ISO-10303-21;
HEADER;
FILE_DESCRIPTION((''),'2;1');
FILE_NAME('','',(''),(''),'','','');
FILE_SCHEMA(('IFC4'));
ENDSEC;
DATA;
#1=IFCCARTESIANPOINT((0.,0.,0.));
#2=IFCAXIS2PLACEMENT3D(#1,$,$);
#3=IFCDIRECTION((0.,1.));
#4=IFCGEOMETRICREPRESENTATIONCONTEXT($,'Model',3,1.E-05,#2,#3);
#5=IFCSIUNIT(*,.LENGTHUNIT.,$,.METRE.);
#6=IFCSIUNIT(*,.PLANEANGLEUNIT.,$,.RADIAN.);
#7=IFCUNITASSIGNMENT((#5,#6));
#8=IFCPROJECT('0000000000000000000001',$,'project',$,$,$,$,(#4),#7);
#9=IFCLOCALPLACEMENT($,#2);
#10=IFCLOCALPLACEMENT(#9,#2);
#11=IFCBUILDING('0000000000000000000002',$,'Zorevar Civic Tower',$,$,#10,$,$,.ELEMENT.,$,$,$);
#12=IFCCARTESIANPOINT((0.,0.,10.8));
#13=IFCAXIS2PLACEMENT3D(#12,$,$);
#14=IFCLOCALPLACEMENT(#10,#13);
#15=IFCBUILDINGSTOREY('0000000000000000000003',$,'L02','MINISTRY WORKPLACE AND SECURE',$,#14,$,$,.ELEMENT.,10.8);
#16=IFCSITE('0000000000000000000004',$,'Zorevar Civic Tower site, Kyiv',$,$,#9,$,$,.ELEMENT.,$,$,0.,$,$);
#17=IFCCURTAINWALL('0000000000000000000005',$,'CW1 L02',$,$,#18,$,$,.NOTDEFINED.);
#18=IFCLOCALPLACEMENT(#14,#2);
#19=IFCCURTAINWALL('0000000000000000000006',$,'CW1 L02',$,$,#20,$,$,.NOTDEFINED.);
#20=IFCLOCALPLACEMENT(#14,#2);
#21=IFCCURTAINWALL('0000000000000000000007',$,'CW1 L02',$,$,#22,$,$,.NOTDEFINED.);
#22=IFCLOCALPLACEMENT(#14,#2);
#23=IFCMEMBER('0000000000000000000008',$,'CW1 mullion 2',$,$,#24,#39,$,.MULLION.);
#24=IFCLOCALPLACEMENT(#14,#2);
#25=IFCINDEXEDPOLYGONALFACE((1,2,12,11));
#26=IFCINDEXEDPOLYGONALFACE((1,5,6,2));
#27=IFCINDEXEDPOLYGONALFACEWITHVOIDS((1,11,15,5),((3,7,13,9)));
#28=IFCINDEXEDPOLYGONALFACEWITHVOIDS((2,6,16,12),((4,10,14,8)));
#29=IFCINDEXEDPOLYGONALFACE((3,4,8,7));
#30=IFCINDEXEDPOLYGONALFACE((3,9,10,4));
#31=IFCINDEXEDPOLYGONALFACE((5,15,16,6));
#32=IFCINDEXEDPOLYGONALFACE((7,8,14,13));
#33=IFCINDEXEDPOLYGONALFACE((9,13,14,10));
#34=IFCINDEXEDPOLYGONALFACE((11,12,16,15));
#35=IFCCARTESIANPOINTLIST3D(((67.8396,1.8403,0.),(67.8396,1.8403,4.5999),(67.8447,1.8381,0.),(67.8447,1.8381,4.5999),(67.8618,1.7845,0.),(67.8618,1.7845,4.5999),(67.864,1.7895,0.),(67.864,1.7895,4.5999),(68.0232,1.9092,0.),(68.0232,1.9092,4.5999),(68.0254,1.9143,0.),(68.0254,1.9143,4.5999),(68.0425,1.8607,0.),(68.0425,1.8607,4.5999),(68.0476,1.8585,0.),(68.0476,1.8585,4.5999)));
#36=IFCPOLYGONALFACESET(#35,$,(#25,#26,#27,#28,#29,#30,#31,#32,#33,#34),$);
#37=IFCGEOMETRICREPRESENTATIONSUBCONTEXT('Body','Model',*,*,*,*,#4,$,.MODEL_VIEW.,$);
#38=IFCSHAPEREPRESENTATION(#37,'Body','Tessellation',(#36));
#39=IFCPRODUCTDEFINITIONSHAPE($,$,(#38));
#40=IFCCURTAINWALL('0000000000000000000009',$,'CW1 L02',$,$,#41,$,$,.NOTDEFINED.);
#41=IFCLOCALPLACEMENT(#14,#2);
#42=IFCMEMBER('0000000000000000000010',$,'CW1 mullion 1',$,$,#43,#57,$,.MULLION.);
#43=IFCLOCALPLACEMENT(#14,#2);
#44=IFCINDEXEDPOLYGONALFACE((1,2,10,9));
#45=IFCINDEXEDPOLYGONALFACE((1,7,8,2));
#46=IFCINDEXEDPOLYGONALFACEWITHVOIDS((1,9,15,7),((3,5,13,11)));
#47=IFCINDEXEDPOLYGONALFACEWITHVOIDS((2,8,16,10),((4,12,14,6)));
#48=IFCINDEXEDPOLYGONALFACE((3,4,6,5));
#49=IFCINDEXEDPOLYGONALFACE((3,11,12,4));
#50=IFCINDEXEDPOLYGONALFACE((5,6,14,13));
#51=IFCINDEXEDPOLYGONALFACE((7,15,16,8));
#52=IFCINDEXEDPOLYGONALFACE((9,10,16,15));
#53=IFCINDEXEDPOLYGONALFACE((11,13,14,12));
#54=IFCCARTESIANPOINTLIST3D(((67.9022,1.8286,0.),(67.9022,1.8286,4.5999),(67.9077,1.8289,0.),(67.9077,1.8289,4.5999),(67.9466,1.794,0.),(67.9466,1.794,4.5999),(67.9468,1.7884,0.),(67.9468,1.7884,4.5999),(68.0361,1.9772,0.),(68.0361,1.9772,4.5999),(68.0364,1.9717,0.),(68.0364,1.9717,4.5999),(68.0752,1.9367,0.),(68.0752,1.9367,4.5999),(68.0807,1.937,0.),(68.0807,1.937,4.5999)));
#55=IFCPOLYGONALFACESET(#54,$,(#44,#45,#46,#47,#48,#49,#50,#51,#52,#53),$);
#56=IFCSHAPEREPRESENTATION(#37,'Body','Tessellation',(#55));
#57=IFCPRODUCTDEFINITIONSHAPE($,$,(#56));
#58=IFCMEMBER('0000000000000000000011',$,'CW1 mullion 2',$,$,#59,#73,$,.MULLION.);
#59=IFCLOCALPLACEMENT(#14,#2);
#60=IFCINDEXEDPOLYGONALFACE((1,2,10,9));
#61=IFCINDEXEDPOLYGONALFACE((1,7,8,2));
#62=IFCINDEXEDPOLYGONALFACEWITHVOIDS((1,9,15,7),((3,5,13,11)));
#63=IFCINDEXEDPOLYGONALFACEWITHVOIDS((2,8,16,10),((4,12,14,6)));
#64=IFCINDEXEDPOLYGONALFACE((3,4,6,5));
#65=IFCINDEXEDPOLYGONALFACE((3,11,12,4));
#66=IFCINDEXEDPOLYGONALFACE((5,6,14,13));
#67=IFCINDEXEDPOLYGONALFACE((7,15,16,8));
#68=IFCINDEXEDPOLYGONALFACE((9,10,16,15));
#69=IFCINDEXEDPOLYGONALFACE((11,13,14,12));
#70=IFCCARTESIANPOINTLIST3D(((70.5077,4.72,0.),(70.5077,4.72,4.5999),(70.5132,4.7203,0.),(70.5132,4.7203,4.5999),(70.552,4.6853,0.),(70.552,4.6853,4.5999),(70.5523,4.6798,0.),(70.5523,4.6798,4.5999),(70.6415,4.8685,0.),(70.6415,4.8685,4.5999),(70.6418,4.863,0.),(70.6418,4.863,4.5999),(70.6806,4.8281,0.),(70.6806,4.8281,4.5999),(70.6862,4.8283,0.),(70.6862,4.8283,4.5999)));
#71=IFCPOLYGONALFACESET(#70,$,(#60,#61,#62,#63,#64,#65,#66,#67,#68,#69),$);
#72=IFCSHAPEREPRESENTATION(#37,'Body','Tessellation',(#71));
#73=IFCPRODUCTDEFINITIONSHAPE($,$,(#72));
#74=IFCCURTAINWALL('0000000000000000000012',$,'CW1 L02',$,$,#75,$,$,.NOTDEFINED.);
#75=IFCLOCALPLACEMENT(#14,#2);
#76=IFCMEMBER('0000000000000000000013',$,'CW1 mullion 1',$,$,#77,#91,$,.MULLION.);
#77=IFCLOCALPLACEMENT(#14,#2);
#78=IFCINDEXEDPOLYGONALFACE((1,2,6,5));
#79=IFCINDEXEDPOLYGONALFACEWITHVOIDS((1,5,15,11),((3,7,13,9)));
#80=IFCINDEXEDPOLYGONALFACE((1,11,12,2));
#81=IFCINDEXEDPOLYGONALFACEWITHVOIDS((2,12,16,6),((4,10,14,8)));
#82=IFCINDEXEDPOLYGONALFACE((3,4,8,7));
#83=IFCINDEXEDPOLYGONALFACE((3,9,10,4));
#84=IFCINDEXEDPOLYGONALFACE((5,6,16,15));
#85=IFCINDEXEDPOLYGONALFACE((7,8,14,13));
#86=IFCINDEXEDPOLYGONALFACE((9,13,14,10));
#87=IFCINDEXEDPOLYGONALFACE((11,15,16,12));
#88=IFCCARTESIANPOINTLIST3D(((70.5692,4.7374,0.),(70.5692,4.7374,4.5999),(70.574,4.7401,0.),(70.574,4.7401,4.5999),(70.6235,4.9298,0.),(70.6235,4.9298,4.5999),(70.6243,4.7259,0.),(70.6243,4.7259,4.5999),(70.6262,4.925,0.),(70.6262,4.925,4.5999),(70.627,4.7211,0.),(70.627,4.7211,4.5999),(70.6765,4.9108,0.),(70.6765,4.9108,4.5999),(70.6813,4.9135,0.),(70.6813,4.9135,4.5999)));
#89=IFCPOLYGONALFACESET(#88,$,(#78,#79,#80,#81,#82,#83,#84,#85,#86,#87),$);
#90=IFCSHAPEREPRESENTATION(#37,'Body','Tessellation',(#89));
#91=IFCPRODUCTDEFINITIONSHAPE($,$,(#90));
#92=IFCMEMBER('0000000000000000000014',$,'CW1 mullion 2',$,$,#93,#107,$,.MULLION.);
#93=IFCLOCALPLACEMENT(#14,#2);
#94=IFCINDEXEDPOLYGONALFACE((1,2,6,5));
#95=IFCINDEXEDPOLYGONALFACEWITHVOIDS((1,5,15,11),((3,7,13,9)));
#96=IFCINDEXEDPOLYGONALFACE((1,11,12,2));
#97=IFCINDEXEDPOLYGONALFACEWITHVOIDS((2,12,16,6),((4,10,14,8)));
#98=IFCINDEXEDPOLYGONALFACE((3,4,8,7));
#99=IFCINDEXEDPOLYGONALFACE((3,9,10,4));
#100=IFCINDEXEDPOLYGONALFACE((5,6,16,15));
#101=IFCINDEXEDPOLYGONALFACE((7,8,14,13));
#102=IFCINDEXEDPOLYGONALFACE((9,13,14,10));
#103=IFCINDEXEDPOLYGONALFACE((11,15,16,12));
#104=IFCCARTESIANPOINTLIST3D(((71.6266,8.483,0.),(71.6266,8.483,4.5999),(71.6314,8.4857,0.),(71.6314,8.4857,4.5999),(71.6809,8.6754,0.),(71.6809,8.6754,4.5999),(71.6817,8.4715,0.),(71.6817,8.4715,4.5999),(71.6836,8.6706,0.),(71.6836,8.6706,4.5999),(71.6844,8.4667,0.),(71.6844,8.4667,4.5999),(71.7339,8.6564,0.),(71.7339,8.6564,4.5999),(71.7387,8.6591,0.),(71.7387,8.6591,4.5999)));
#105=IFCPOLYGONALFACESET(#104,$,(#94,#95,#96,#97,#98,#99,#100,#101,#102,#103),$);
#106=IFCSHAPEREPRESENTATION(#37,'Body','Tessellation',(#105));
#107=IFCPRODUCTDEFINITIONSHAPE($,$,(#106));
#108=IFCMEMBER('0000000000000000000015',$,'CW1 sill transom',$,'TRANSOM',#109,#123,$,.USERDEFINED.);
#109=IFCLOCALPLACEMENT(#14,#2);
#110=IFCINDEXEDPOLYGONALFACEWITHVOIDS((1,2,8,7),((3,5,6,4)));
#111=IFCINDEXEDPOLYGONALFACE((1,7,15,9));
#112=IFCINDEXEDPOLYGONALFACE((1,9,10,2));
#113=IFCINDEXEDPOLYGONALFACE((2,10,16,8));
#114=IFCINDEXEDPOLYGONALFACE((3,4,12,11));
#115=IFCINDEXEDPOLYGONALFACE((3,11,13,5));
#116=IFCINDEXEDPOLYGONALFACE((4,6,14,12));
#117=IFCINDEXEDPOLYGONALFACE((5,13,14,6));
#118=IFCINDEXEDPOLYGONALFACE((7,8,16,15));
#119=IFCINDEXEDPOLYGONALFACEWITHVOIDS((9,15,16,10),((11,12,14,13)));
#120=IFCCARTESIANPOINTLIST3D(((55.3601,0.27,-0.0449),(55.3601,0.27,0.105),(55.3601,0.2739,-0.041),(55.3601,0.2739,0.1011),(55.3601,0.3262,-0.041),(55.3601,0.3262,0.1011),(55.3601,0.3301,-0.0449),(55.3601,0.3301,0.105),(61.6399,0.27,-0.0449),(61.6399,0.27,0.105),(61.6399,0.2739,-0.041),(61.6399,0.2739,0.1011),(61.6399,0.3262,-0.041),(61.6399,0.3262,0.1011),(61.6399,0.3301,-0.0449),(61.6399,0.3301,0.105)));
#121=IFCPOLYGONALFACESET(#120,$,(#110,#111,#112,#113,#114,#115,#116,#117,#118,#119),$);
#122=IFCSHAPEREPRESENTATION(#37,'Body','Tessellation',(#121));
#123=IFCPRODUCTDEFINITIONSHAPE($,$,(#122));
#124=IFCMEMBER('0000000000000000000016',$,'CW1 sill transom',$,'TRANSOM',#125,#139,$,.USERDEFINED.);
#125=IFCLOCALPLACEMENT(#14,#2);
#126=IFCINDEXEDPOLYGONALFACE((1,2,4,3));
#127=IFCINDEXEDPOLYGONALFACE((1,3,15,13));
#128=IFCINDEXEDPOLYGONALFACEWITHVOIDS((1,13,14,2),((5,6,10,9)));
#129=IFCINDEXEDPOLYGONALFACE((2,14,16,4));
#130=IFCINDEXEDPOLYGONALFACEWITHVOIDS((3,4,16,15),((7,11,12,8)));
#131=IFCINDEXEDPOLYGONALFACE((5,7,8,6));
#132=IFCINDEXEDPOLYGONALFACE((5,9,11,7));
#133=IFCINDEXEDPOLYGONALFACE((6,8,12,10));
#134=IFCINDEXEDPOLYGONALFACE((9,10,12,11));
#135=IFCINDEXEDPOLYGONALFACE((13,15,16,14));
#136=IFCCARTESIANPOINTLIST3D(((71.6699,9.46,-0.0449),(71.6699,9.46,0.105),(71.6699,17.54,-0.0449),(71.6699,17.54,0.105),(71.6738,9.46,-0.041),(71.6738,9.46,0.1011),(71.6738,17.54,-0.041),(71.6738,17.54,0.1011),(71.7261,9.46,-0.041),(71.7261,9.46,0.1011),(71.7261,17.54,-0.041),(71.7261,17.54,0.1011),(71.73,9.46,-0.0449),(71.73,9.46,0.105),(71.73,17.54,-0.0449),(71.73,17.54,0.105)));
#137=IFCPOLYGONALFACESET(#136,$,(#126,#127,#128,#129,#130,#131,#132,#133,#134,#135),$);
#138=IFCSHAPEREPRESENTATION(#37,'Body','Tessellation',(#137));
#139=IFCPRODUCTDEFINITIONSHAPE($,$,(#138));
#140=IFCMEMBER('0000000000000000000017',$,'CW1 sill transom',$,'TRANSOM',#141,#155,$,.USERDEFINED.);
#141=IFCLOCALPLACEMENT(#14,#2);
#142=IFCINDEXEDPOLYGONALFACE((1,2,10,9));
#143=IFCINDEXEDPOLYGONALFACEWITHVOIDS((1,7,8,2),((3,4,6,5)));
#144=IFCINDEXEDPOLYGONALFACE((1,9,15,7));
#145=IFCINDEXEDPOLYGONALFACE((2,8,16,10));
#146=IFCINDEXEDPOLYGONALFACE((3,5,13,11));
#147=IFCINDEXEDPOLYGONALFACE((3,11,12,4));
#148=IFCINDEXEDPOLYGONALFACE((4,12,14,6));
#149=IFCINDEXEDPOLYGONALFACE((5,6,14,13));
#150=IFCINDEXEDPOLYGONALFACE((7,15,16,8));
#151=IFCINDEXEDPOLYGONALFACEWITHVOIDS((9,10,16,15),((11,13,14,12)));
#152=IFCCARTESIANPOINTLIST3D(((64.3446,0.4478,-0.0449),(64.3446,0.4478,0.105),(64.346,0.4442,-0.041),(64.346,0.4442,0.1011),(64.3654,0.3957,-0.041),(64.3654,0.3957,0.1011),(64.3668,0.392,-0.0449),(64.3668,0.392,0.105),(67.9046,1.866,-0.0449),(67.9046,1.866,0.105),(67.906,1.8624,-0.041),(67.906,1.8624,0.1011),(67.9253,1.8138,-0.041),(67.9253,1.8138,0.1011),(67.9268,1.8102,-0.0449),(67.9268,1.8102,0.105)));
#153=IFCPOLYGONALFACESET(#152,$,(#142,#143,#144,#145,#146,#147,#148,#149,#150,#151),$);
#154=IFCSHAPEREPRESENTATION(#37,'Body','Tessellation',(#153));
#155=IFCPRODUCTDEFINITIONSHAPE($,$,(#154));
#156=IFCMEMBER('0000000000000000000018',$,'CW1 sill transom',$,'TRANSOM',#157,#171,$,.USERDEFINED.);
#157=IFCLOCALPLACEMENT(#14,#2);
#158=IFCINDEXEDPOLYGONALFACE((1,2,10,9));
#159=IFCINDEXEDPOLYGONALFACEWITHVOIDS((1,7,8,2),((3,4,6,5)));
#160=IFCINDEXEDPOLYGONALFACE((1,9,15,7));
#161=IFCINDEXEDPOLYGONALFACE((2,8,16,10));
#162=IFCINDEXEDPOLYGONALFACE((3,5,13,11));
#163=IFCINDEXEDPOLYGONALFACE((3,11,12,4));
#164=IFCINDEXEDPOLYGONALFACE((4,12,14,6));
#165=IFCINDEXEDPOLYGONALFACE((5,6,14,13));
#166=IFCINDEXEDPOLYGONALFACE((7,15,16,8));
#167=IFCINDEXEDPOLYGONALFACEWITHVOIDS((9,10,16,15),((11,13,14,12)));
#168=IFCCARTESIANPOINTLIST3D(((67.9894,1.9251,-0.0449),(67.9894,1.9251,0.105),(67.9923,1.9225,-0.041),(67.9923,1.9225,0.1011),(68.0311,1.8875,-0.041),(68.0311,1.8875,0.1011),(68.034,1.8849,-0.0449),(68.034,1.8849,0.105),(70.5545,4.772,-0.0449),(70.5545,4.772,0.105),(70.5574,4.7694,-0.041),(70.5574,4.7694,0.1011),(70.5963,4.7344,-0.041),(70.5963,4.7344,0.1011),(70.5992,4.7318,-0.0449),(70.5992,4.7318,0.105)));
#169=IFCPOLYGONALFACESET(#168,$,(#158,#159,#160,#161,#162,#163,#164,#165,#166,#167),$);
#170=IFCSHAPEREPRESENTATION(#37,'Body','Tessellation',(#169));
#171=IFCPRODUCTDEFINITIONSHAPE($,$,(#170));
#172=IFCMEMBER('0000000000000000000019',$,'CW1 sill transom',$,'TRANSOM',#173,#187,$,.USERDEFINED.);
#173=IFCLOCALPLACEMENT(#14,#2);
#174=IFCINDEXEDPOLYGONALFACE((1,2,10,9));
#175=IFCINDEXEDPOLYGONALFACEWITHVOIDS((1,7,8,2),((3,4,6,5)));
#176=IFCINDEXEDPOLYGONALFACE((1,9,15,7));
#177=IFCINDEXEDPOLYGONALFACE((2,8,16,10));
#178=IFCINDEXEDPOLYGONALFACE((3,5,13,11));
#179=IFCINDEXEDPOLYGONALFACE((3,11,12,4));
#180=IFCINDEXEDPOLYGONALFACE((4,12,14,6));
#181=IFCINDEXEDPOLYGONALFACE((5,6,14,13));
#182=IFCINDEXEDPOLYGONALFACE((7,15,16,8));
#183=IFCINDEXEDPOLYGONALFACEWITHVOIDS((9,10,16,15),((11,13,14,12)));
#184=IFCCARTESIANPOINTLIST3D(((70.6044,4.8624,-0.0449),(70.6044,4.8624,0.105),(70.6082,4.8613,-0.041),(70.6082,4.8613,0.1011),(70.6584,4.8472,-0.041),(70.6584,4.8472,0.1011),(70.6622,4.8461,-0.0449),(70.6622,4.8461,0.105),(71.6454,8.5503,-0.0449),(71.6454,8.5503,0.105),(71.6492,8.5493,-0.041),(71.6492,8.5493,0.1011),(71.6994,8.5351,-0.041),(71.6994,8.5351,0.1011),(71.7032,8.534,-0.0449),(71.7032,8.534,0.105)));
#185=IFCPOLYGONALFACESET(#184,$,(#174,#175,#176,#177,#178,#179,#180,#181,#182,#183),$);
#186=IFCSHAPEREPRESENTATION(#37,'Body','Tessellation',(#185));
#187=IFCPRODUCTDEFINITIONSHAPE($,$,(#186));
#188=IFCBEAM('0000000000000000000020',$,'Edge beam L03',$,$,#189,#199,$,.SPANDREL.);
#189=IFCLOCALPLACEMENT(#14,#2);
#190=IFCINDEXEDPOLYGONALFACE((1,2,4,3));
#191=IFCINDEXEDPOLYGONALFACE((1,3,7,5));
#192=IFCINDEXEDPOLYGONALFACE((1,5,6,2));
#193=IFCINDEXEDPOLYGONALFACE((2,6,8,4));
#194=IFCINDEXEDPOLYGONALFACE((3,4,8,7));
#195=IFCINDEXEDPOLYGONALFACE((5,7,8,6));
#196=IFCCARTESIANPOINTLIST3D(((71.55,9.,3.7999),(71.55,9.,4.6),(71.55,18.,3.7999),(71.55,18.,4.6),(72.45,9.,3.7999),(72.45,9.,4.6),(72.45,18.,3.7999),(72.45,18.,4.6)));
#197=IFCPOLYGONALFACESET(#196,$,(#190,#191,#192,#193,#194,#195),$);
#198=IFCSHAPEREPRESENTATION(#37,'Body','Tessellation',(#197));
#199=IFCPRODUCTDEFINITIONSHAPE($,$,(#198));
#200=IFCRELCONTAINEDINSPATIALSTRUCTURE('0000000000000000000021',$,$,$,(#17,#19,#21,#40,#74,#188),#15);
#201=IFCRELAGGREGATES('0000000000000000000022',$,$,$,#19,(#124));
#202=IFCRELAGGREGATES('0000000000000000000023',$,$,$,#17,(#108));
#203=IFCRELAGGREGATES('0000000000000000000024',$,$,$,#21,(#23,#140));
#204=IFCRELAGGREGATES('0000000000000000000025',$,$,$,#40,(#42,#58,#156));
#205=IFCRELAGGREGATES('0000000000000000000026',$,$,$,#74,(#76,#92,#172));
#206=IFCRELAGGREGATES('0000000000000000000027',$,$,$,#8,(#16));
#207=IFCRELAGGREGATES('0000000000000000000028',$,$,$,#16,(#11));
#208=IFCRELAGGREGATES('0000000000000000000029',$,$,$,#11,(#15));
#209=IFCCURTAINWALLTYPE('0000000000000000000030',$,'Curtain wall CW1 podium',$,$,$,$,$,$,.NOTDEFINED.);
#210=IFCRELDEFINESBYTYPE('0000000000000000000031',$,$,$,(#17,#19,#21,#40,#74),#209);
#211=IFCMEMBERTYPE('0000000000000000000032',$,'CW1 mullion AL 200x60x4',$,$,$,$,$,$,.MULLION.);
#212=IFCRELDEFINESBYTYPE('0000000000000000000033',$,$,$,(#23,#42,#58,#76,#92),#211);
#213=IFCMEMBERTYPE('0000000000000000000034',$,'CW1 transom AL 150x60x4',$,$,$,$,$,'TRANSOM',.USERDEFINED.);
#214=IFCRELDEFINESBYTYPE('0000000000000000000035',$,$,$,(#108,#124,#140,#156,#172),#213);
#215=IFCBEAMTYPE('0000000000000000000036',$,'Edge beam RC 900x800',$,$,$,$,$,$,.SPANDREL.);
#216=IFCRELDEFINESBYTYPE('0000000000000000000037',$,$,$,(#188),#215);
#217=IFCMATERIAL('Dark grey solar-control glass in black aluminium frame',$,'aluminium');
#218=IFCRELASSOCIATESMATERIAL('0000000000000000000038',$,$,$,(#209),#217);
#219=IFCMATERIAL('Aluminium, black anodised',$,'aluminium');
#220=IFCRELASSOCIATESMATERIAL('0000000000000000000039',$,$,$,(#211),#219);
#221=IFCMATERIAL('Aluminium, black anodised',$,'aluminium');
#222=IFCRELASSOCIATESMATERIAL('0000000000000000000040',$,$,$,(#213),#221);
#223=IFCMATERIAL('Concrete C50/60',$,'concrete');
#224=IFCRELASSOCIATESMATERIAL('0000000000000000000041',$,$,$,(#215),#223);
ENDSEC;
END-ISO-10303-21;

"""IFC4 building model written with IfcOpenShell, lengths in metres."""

from ifc_helpers import new_model, si_unit, direction, frame, origin, origin_2d, place, context, subcontext, project, spatial, rectangle, hollow_rectangle, extrude, material, material_profile, profile_set, type_object, element, aggregate, save


model = new_model("IFC4")

# Units and contexts
model_context = context("Model", 3, precision=1e-05, world=origin(), true_north=direction((0.0, 1.0)))
body_context = subcontext(model_context, "Body", "Model", "MODEL_VIEW")
ifc_project = project(units=[si_unit("LENGTHUNIT", "METRE"), si_unit("PLANEANGLEUNIT", "RADIAN")], contexts=[model_context])

# Site, building, storey
site_placement = place(None, origin())
site = spatial("IfcSite", under=ifc_project, at=site_placement, Name="Zorevar Civic Tower site, Kyiv", CompositionType="ELEMENT", RefElevation=0.0)
building_placement = place(site_placement, origin())
building = spatial("IfcBuilding", under=site, at=building_placement, Name="Zorevar Civic Tower", CompositionType="ELEMENT")
storey_placement = place(building_placement, frame((0.0, 0.0, 10.8)))
storey = spatial("IfcBuildingStorey", under=building, at=storey_placement, Name="L02", Description="MINISTRY WORKPLACE AND SECURE", CompositionType="ELEMENT", Elevation=10.8)

# Curtain wall
ifc_material_1 = material(Name="Dark grey solar-control glass in black aluminium frame", Category="aluminium")
curtain_wall_type = type_object("IfcCurtainWallType", Name="Curtain wall CW1 podium", PredefinedType="NOTDEFINED", material=ifc_material_1)
curtain_wall_1_placement = place(storey_placement, origin())
curtain_wall_1 = element("IfcCurtainWall", 1, at=curtain_wall_1_placement, inside=storey, type_object=curtain_wall_type, Name="CW1 L02", PredefinedType="NOTDEFINED")
ifc_material_2 = material(Name="Aluminium, black anodised", Category="aluminium")
ifc_material_profile_1 = material_profile(ifc_material_2, hollow_rectangle(XDim=0.0601, YDim=0.2, WallThickness=0.0039, at=origin_2d()), Name="AL 200x60x4")
ifc_profile_set_1 = profile_set([ifc_material_profile_1], Name="Aluminium, black anodised")
member_type_1 = type_object("IfcMemberType", Name="CW1 mullion AL 200x60x4", PredefinedType="MULLION", material=ifc_profile_set_1)

# Curtain wall
curtain_wall_2_placement = place(storey_placement, origin())
curtain_wall_2 = element("IfcCurtainWall", 2, at=curtain_wall_2_placement, inside=storey, type_object=curtain_wall_type, Name="CW1 L02", PredefinedType="NOTDEFINED")

# Curtain walls, members
curtain_wall_3_placement = place(storey_placement, origin())
curtain_wall_3 = element("IfcCurtainWall", 3, at=curtain_wall_3_placement, inside=storey, type_object=curtain_wall_type, Name="CW1 L02", PredefinedType="NOTDEFINED")
member_1_placement = place(storey_placement, frame((67.9436, 1.8494, 0.0), z_axis=(0.0, 0.0, 1.0), x_axis=(-0.370111, 0.928988, 0.0)))
member_1 = element("IfcMember", 4, at=member_1_placement, type_object=member_type_1, Name="CW1 mullion 2", PredefinedType="MULLION", context=body_context, shape_type="SweptSolid", body=[
    extrude(hollow_rectangle(XDim=0.0601, YDim=0.2, WallThickness=0.0039, at=origin_2d()), origin(), (0.0, 0.0, 1.0), 4.5999),
])
curtain_wall_4_placement = place(storey_placement, origin())
curtain_wall_4 = element("IfcCurtainWall", 5, at=curtain_wall_4_placement, inside=storey, type_object=curtain_wall_type, Name="CW1 L02", PredefinedType="NOTDEFINED")
member_2_placement = place(storey_placement, frame((67.9915, 1.8828, 0.0), z_axis=(0.0, 0.0, 1.0), x_axis=(-0.7429, 0.669403, 0.0)))
member_2 = element("IfcMember", 6, at=member_2_placement, type_object=member_type_1, Name="CW1 mullion 1", PredefinedType="MULLION", context=body_context, shape_type="SweptSolid", body=[
    extrude(hollow_rectangle(XDim=0.0601, YDim=0.2, WallThickness=0.0039, at=origin_2d()), origin(), (0.0, 0.0, 1.0), 4.5999),
])
member_3_placement = place(storey_placement, frame((70.5969, 4.7742, 0.0), z_axis=(0.0, 0.0, 1.0), x_axis=(-0.7429, 0.669403, 0.0)))
member_3 = element("IfcMember", 7, at=member_3_placement, type_object=member_type_1, Name="CW1 mullion 2", PredefinedType="MULLION", context=body_context, shape_type="SweptSolid", body=[
    extrude(hollow_rectangle(XDim=0.0601, YDim=0.2, WallThickness=0.0039, at=origin_2d()), origin(), (0.0, 0.0, 1.0), 4.5999),
])
curtain_wall_5_placement = place(storey_placement, origin())
curtain_wall_5 = element("IfcCurtainWall", 8, at=curtain_wall_5_placement, inside=storey, type_object=curtain_wall_type, Name="CW1 L02", PredefinedType="NOTDEFINED")
member_4_placement = place(storey_placement, frame((70.6252, 4.8254, 0.0), z_axis=(0.0, 0.0, 1.0), x_axis=(-0.962391, 0.271669, 0.0)))
member_4 = element("IfcMember", 9, at=member_4_placement, type_object=member_type_1, Name="CW1 mullion 1", PredefinedType="MULLION", context=body_context, shape_type="SweptSolid", body=[
    extrude(hollow_rectangle(XDim=0.0601, YDim=0.2, WallThickness=0.0039, at=origin_2d()), origin(), (0.0, 0.0, 1.0), 4.5999),
])
member_5_placement = place(storey_placement, frame((71.6826, 8.571, 0.0), z_axis=(0.0, 0.0, 1.0), x_axis=(-0.962391, 0.271669, 0.0)))
member_5 = element("IfcMember", 10, at=member_5_placement, type_object=member_type_1, Name="CW1 mullion 2", PredefinedType="MULLION", context=body_context, shape_type="SweptSolid", body=[
    extrude(hollow_rectangle(XDim=0.0601, YDim=0.2, WallThickness=0.0039, at=origin_2d()), origin(), (0.0, 0.0, 1.0), 4.5999),
])

# Members
ifc_material_3 = material(Name="Aluminium, black anodised", Category="aluminium")
ifc_material_profile_2 = material_profile(ifc_material_3, hollow_rectangle(XDim=0.0601, YDim=0.1499, WallThickness=0.0039, at=origin_2d()), Name="AL 150x60x4")
ifc_profile_set_2 = profile_set([ifc_material_profile_2], Name="Aluminium, black anodised")
member_type_2 = type_object("IfcMemberType", Name="CW1 transom AL 150x60x4", ElementType="TRANSOM", PredefinedType="USERDEFINED", material=ifc_profile_set_2)
member_6_placement = place(storey_placement, frame((55.3601, 0.3, 0.03), z_axis=(1.0, 0.0, 0.0), x_axis=(0.0, 1.0, 0.0)))
member_6 = element("IfcMember", 11, at=member_6_placement, type_object=member_type_2, Name="CW1 sill transom", ObjectType="TRANSOM", PredefinedType="USERDEFINED", context=body_context, shape_type="SweptSolid", body=[
    extrude(hollow_rectangle(XDim=0.0601, YDim=0.1499, WallThickness=0.0039, at=origin_2d()), origin(), (0.0, 0.0, 1.0), 6.2798),
])
member_7_placement = place(storey_placement, frame((71.7, 9.46, 0.03), z_axis=(0.0, 1.0, 0.0), x_axis=(-1.0, 0.0, 0.0)))
member_7 = element("IfcMember", 12, at=member_7_placement, type_object=member_type_2, Name="CW1 sill transom", ObjectType="TRANSOM", PredefinedType="USERDEFINED", context=body_context, shape_type="SweptSolid", body=[
    extrude(hollow_rectangle(XDim=0.0601, YDim=0.1499, WallThickness=0.0039, at=origin_2d()), origin(), (0.0, 0.0, 1.0), 8.0801),
])
aggregate(curtain_wall_2, [member_7])
member_8_placement = place(storey_placement, frame((64.3557, 0.4199, 0.03), z_axis=(0.928999, 0.370083, 0.0), x_axis=(-0.370083, 0.928999, 0.0)))
member_8 = element("IfcMember", 13, at=member_8_placement, type_object=member_type_2, Name="CW1 sill transom", ObjectType="TRANSOM", PredefinedType="USERDEFINED", context=body_context, shape_type="SweptSolid", body=[
    extrude(hollow_rectangle(XDim=0.0601, YDim=0.1499, WallThickness=0.0039, at=origin_2d()), origin(), (0.0, 0.0, 1.0), 3.832),
])
member_9_placement = place(storey_placement, frame((68.0117, 1.905, 0.03), z_axis=(0.669391, 0.742911, 0.0), x_axis=(-0.742911, 0.669391, 0.0)))
member_9 = element("IfcMember", 14, at=member_9_placement, type_object=member_type_2, Name="CW1 sill transom", ObjectType="TRANSOM", PredefinedType="USERDEFINED", context=body_context, shape_type="SweptSolid", body=[
    extrude(hollow_rectangle(XDim=0.0601, YDim=0.1499, WallThickness=0.0039, at=origin_2d()), origin(), (0.0, 0.0, 1.0), 3.832),
])
member_10_placement = place(storey_placement, frame((70.6333, 4.8542, 0.03), z_axis=(0.271657, 0.962394, 0.0), x_axis=(-0.962394, 0.271657, 0.0)))
member_10 = element("IfcMember", 15, at=member_10_placement, type_object=member_type_2, Name="CW1 sill transom", ObjectType="TRANSOM", PredefinedType="USERDEFINED", context=body_context, shape_type="SweptSolid", body=[
    extrude(hollow_rectangle(XDim=0.0601, YDim=0.1499, WallThickness=0.0039, at=origin_2d()), origin(), (0.0, 0.0, 1.0), 3.832),
])

# Beam
ifc_material_4 = material(Name="Concrete C50/60", Category="concrete")
ifc_material_profile_3 = material_profile(ifc_material_4, rectangle(XDim=0.8999, YDim=0.8, at=origin_2d()), Name="RC 900x800")
ifc_profile_set_3 = profile_set([ifc_material_profile_3], Name="Concrete C50/60")
beam_type_1 = type_object("IfcBeamType", Name="Edge beam RC 900x800", PredefinedType="SPANDREL", material=ifc_profile_set_3)
beam_1_placement = place(storey_placement, frame((72.0, 9.0, 4.2), z_axis=(0.0, 1.0, 0.0), x_axis=(-1.0, 0.0, 0.0)))
element("IfcBeam", 16, at=beam_1_placement, inside=storey, type_object=beam_type_1, Name="Edge beam L03", PredefinedType="SPANDREL", context=body_context, shape_type="SweptSolid", body=[
    extrude(rectangle(XDim=0.8999, YDim=0.8, at=origin_2d()), origin(), (0.0, 0.0, 1.0), 9.0),
])

aggregate(curtain_wall_1, [member_6])
aggregate(curtain_wall_3, [member_1, member_8])
aggregate(curtain_wall_4, [member_2, member_3, member_9])
aggregate(curtain_wall_5, [member_4, member_5, member_10])

save(model, "model.ifc")
